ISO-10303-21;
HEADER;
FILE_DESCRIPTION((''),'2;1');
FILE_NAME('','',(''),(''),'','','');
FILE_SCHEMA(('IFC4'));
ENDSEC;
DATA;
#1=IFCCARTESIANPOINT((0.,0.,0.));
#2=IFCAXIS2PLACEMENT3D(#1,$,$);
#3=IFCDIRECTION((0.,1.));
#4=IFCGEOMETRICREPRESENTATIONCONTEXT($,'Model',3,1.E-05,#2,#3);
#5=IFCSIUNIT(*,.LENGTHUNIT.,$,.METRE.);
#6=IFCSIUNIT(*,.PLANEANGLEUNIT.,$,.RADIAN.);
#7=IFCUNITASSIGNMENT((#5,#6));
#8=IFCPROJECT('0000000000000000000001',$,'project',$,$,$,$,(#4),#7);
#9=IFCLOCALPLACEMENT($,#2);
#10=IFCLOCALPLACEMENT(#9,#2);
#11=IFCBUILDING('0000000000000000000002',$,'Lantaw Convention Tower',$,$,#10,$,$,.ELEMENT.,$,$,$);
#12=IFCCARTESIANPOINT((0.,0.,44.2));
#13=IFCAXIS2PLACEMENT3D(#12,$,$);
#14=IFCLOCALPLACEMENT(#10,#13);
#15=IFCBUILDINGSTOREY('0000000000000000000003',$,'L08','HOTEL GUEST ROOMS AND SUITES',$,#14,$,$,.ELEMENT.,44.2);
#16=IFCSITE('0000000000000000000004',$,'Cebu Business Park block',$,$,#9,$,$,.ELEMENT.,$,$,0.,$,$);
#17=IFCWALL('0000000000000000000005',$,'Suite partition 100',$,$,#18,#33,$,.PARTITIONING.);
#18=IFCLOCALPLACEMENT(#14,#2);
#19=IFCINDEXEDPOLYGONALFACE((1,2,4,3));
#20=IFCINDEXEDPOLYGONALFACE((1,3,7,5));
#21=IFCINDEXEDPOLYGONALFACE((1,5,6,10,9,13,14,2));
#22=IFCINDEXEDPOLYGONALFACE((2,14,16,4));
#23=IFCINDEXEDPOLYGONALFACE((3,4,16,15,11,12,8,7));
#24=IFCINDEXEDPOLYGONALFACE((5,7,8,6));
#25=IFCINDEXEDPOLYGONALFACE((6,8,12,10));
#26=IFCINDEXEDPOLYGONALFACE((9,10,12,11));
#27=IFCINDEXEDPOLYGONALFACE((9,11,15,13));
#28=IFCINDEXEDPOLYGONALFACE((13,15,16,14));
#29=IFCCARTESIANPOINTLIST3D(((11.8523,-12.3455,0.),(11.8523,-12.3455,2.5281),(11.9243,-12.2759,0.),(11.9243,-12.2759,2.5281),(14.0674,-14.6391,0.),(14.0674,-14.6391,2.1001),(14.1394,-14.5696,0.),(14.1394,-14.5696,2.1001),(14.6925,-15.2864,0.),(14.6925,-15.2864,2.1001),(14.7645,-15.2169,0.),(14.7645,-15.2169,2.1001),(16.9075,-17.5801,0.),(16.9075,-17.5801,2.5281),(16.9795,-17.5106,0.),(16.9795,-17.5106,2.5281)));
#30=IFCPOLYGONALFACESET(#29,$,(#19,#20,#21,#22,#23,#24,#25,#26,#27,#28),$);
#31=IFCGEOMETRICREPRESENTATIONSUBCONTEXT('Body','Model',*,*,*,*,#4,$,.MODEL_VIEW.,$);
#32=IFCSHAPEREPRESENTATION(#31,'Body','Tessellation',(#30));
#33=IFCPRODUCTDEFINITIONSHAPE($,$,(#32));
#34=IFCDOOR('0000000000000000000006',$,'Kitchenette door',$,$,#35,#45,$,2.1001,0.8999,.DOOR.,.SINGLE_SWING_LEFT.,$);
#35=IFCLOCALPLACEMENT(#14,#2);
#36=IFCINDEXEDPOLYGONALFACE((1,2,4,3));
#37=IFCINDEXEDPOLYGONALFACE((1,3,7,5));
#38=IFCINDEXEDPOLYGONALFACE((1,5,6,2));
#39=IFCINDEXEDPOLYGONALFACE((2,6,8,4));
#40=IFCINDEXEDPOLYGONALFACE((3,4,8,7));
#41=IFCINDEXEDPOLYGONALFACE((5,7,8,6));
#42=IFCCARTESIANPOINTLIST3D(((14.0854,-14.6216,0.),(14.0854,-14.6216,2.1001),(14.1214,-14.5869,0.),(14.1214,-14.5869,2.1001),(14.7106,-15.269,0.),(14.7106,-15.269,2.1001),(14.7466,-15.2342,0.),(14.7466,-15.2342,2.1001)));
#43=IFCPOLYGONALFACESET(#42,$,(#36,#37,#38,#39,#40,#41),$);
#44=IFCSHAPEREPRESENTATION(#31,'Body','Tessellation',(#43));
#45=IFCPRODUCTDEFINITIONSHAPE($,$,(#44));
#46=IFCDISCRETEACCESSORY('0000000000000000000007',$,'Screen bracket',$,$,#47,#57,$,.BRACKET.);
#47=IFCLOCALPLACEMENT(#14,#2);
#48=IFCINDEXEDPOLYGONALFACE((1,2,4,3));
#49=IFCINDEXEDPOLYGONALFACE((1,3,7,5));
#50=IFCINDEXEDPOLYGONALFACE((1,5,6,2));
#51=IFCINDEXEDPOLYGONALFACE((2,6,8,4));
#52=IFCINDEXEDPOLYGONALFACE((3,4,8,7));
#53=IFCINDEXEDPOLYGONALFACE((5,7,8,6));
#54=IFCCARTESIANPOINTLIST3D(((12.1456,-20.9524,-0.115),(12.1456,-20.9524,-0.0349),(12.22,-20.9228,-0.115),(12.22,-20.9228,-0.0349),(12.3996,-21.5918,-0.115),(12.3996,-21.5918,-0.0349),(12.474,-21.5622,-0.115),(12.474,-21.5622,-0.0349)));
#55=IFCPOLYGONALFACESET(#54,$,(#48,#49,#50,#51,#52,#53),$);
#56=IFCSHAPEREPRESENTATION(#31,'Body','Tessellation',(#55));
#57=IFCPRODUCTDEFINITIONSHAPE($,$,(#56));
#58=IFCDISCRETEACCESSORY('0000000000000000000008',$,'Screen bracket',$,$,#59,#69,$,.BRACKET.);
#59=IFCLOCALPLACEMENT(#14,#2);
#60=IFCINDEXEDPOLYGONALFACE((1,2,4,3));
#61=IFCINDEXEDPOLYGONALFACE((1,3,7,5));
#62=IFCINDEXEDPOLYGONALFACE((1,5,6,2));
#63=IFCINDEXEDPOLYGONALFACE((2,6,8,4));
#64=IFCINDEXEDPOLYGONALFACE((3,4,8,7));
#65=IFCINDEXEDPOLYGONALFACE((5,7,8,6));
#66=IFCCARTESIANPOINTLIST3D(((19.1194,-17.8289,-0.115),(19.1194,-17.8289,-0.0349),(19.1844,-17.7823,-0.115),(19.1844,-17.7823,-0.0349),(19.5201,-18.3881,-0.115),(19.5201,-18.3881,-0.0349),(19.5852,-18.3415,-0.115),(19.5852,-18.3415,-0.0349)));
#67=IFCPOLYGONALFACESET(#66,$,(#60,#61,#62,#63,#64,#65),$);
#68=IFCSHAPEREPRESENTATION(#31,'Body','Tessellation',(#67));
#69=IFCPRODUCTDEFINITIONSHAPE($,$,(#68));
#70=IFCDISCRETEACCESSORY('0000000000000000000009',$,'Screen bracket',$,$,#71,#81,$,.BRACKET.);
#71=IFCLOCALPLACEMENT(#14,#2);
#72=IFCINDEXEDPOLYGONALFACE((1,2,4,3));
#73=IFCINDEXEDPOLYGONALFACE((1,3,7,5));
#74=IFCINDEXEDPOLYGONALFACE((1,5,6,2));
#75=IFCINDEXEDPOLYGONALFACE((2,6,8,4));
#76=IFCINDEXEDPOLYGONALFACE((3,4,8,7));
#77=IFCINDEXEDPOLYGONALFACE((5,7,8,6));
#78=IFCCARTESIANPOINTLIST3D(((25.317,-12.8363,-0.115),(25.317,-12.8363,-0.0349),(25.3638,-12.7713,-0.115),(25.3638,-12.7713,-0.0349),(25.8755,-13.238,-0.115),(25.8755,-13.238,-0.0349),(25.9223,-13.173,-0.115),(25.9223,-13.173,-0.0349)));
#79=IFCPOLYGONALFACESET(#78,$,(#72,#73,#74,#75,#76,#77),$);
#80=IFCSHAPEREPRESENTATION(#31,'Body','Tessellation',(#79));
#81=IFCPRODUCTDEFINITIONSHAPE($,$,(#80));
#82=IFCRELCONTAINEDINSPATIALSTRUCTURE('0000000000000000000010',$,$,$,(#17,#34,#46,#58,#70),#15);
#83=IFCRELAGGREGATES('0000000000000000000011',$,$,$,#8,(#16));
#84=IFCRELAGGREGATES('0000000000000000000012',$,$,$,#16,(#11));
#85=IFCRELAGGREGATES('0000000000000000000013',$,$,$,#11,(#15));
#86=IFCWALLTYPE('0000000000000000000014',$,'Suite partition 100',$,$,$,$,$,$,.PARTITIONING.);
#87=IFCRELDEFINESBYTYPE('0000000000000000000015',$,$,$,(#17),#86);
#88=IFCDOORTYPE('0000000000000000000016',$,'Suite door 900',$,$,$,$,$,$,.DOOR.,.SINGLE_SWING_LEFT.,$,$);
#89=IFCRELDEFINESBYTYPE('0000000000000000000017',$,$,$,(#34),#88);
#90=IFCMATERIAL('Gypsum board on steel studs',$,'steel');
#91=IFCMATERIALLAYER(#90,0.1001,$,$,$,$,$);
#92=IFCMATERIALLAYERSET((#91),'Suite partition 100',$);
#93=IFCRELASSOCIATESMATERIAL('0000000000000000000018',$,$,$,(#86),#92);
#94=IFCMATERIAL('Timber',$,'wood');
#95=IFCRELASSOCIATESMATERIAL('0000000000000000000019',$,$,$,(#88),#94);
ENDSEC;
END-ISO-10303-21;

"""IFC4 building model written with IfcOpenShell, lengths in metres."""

from ifc_helpers import new_model, si_unit, direction, frame, frame_2d, origin, origin_2d, place, context, subcontext, project, spatial, rectangle, extrude, material, layer, layer_set, type_object, element, fill, save


model = new_model("IFC4")

# Units and contexts
model_context = context("Model", 3, precision=1e-05, world=origin(), true_north=direction((0.0, 1.0)))
body_context = subcontext(model_context, "Body", "Model", "MODEL_VIEW")
ifc_project = project(units=[si_unit("LENGTHUNIT", "METRE"), si_unit("PLANEANGLEUNIT", "RADIAN")], contexts=[model_context])

# Site, building, storey
site_placement = place(None, origin())
site = spatial("IfcSite", under=ifc_project, at=site_placement, Name="Cebu Business Park block", CompositionType="ELEMENT", RefElevation=0.0)
building_placement = place(site_placement, origin())
building = spatial("IfcBuilding", under=site, at=building_placement, Name="Lantaw Convention Tower", CompositionType="ELEMENT")
storey_placement = place(building_placement, frame((0.0, 0.0, 44.2)))
storey = spatial("IfcBuildingStorey", under=building, at=storey_placement, Name="L08", Description="HOTEL GUEST ROOMS AND SUITES", CompositionType="ELEMENT", Elevation=44.2)

# Wall, opening, door
ifc_material_1 = material(Name="Gypsum board on steel studs", Category="steel")
ifc_layer_1 = layer(ifc_material_1, 0.1001)
ifc_layer_set_1 = layer_set([ifc_layer_1], Name="Suite partition 100")
wall_type_1 = type_object("IfcWallType", Name="Suite partition 100", PredefinedType="PARTITIONING", material=ifc_layer_set_1)
wall_1_placement = place(storey_placement, frame((16.9436, -17.5454, 0.0), z_axis=(0.0, 0.0, 1.0), x_axis=(-0.69467, 0.719329, 0.0)))
wall_1 = element("IfcWall", 1, at=wall_1_placement, inside=storey, type_object=wall_type_1, Name="Suite partition 100", PredefinedType="PARTITIONING", context=body_context, shape_type="SweptSolid", body=[
    extrude(rectangle(XDim=7.2771, YDim=0.1001, at=frame_2d((3.6387, 0.0))), origin(), (0.0, 0.0, 1.0), 2.5281),
])
opening_1_placement = place(wall_1_placement, frame((3.1887, 0.0, 0.0)))
opening_1 = element("IfcOpeningElement", 2, at=opening_1_placement, cuts=wall_1, PredefinedType="OPENING", context=body_context, shape_type="SweptSolid", body=[
    extrude(rectangle(XDim=0.8999, YDim=2.1001, at=frame_2d((0.45, 1.05))), frame((0.0, 0.0601, 0.0), z_axis=(0.0, -1.0, 0.0), x_axis=(1.0, 0.0, 0.0)), (0.0, 0.0, 1.0), 0.1201),
])
ifc_material_2 = material(Name="Timber", Category="wood")
door_type_1 = type_object("IfcDoorType", Name="Suite door 900", OperationType="SINGLE_SWING_LEFT", PredefinedType="DOOR", material=ifc_material_2)
door_1_placement = place(opening_1_placement, origin())
door_1 = element("IfcDoor", 3, at=door_1_placement, inside=storey, type_object=door_type_1, Name="Kitchenette door", OperationType="SINGLE_SWING_LEFT", OverallHeight=2.1001, OverallWidth=0.8999, PredefinedType="DOOR", context=body_context, shape_type="SweptSolid", body=[
    extrude(rectangle(XDim=0.8999, YDim=2.1001, at=frame_2d((0.45, 1.05))), frame((0.0, 0.0249, 0.0), z_axis=(0.0, -1.0, 0.0), x_axis=(1.0, 0.0, 0.0)), (0.0, 0.0, 1.0), 0.05),
])
fill(opening_1, door_1)

# Discrete accessories
for number, where, z_axis, x_axis, name in (
    (4, (12.3098, -21.2573, -0.115), (0.0, 0.0, 1.0), (0.929361, 0.369172, 0.0), "Screen bracket"),
    (5, (19.3523, -18.0852, -0.115), (0.0, 0.0, 1.0), (0.812804, 0.582538, 0.0), "Screen bracket"),
    (6, (25.6196, -13.0046, -0.115), (0.0, 0.0, 1.0), (0.583951, 0.811789, 0.0), "Screen bracket"),
):
    element("IfcDiscreteAccessory", number, at=place(storey_placement, frame(where, z_axis=z_axis, x_axis=x_axis)), inside=storey, Name=name, PredefinedType="BRACKET", context=body_context, shape_type="SweptSolid", body=[
        extrude(rectangle(XDim=0.0801, YDim=0.688, at=origin_2d()), origin(), (0.0, 0.0, 1.0), 0.0801),
    ])

save(model, "model.ifc")
